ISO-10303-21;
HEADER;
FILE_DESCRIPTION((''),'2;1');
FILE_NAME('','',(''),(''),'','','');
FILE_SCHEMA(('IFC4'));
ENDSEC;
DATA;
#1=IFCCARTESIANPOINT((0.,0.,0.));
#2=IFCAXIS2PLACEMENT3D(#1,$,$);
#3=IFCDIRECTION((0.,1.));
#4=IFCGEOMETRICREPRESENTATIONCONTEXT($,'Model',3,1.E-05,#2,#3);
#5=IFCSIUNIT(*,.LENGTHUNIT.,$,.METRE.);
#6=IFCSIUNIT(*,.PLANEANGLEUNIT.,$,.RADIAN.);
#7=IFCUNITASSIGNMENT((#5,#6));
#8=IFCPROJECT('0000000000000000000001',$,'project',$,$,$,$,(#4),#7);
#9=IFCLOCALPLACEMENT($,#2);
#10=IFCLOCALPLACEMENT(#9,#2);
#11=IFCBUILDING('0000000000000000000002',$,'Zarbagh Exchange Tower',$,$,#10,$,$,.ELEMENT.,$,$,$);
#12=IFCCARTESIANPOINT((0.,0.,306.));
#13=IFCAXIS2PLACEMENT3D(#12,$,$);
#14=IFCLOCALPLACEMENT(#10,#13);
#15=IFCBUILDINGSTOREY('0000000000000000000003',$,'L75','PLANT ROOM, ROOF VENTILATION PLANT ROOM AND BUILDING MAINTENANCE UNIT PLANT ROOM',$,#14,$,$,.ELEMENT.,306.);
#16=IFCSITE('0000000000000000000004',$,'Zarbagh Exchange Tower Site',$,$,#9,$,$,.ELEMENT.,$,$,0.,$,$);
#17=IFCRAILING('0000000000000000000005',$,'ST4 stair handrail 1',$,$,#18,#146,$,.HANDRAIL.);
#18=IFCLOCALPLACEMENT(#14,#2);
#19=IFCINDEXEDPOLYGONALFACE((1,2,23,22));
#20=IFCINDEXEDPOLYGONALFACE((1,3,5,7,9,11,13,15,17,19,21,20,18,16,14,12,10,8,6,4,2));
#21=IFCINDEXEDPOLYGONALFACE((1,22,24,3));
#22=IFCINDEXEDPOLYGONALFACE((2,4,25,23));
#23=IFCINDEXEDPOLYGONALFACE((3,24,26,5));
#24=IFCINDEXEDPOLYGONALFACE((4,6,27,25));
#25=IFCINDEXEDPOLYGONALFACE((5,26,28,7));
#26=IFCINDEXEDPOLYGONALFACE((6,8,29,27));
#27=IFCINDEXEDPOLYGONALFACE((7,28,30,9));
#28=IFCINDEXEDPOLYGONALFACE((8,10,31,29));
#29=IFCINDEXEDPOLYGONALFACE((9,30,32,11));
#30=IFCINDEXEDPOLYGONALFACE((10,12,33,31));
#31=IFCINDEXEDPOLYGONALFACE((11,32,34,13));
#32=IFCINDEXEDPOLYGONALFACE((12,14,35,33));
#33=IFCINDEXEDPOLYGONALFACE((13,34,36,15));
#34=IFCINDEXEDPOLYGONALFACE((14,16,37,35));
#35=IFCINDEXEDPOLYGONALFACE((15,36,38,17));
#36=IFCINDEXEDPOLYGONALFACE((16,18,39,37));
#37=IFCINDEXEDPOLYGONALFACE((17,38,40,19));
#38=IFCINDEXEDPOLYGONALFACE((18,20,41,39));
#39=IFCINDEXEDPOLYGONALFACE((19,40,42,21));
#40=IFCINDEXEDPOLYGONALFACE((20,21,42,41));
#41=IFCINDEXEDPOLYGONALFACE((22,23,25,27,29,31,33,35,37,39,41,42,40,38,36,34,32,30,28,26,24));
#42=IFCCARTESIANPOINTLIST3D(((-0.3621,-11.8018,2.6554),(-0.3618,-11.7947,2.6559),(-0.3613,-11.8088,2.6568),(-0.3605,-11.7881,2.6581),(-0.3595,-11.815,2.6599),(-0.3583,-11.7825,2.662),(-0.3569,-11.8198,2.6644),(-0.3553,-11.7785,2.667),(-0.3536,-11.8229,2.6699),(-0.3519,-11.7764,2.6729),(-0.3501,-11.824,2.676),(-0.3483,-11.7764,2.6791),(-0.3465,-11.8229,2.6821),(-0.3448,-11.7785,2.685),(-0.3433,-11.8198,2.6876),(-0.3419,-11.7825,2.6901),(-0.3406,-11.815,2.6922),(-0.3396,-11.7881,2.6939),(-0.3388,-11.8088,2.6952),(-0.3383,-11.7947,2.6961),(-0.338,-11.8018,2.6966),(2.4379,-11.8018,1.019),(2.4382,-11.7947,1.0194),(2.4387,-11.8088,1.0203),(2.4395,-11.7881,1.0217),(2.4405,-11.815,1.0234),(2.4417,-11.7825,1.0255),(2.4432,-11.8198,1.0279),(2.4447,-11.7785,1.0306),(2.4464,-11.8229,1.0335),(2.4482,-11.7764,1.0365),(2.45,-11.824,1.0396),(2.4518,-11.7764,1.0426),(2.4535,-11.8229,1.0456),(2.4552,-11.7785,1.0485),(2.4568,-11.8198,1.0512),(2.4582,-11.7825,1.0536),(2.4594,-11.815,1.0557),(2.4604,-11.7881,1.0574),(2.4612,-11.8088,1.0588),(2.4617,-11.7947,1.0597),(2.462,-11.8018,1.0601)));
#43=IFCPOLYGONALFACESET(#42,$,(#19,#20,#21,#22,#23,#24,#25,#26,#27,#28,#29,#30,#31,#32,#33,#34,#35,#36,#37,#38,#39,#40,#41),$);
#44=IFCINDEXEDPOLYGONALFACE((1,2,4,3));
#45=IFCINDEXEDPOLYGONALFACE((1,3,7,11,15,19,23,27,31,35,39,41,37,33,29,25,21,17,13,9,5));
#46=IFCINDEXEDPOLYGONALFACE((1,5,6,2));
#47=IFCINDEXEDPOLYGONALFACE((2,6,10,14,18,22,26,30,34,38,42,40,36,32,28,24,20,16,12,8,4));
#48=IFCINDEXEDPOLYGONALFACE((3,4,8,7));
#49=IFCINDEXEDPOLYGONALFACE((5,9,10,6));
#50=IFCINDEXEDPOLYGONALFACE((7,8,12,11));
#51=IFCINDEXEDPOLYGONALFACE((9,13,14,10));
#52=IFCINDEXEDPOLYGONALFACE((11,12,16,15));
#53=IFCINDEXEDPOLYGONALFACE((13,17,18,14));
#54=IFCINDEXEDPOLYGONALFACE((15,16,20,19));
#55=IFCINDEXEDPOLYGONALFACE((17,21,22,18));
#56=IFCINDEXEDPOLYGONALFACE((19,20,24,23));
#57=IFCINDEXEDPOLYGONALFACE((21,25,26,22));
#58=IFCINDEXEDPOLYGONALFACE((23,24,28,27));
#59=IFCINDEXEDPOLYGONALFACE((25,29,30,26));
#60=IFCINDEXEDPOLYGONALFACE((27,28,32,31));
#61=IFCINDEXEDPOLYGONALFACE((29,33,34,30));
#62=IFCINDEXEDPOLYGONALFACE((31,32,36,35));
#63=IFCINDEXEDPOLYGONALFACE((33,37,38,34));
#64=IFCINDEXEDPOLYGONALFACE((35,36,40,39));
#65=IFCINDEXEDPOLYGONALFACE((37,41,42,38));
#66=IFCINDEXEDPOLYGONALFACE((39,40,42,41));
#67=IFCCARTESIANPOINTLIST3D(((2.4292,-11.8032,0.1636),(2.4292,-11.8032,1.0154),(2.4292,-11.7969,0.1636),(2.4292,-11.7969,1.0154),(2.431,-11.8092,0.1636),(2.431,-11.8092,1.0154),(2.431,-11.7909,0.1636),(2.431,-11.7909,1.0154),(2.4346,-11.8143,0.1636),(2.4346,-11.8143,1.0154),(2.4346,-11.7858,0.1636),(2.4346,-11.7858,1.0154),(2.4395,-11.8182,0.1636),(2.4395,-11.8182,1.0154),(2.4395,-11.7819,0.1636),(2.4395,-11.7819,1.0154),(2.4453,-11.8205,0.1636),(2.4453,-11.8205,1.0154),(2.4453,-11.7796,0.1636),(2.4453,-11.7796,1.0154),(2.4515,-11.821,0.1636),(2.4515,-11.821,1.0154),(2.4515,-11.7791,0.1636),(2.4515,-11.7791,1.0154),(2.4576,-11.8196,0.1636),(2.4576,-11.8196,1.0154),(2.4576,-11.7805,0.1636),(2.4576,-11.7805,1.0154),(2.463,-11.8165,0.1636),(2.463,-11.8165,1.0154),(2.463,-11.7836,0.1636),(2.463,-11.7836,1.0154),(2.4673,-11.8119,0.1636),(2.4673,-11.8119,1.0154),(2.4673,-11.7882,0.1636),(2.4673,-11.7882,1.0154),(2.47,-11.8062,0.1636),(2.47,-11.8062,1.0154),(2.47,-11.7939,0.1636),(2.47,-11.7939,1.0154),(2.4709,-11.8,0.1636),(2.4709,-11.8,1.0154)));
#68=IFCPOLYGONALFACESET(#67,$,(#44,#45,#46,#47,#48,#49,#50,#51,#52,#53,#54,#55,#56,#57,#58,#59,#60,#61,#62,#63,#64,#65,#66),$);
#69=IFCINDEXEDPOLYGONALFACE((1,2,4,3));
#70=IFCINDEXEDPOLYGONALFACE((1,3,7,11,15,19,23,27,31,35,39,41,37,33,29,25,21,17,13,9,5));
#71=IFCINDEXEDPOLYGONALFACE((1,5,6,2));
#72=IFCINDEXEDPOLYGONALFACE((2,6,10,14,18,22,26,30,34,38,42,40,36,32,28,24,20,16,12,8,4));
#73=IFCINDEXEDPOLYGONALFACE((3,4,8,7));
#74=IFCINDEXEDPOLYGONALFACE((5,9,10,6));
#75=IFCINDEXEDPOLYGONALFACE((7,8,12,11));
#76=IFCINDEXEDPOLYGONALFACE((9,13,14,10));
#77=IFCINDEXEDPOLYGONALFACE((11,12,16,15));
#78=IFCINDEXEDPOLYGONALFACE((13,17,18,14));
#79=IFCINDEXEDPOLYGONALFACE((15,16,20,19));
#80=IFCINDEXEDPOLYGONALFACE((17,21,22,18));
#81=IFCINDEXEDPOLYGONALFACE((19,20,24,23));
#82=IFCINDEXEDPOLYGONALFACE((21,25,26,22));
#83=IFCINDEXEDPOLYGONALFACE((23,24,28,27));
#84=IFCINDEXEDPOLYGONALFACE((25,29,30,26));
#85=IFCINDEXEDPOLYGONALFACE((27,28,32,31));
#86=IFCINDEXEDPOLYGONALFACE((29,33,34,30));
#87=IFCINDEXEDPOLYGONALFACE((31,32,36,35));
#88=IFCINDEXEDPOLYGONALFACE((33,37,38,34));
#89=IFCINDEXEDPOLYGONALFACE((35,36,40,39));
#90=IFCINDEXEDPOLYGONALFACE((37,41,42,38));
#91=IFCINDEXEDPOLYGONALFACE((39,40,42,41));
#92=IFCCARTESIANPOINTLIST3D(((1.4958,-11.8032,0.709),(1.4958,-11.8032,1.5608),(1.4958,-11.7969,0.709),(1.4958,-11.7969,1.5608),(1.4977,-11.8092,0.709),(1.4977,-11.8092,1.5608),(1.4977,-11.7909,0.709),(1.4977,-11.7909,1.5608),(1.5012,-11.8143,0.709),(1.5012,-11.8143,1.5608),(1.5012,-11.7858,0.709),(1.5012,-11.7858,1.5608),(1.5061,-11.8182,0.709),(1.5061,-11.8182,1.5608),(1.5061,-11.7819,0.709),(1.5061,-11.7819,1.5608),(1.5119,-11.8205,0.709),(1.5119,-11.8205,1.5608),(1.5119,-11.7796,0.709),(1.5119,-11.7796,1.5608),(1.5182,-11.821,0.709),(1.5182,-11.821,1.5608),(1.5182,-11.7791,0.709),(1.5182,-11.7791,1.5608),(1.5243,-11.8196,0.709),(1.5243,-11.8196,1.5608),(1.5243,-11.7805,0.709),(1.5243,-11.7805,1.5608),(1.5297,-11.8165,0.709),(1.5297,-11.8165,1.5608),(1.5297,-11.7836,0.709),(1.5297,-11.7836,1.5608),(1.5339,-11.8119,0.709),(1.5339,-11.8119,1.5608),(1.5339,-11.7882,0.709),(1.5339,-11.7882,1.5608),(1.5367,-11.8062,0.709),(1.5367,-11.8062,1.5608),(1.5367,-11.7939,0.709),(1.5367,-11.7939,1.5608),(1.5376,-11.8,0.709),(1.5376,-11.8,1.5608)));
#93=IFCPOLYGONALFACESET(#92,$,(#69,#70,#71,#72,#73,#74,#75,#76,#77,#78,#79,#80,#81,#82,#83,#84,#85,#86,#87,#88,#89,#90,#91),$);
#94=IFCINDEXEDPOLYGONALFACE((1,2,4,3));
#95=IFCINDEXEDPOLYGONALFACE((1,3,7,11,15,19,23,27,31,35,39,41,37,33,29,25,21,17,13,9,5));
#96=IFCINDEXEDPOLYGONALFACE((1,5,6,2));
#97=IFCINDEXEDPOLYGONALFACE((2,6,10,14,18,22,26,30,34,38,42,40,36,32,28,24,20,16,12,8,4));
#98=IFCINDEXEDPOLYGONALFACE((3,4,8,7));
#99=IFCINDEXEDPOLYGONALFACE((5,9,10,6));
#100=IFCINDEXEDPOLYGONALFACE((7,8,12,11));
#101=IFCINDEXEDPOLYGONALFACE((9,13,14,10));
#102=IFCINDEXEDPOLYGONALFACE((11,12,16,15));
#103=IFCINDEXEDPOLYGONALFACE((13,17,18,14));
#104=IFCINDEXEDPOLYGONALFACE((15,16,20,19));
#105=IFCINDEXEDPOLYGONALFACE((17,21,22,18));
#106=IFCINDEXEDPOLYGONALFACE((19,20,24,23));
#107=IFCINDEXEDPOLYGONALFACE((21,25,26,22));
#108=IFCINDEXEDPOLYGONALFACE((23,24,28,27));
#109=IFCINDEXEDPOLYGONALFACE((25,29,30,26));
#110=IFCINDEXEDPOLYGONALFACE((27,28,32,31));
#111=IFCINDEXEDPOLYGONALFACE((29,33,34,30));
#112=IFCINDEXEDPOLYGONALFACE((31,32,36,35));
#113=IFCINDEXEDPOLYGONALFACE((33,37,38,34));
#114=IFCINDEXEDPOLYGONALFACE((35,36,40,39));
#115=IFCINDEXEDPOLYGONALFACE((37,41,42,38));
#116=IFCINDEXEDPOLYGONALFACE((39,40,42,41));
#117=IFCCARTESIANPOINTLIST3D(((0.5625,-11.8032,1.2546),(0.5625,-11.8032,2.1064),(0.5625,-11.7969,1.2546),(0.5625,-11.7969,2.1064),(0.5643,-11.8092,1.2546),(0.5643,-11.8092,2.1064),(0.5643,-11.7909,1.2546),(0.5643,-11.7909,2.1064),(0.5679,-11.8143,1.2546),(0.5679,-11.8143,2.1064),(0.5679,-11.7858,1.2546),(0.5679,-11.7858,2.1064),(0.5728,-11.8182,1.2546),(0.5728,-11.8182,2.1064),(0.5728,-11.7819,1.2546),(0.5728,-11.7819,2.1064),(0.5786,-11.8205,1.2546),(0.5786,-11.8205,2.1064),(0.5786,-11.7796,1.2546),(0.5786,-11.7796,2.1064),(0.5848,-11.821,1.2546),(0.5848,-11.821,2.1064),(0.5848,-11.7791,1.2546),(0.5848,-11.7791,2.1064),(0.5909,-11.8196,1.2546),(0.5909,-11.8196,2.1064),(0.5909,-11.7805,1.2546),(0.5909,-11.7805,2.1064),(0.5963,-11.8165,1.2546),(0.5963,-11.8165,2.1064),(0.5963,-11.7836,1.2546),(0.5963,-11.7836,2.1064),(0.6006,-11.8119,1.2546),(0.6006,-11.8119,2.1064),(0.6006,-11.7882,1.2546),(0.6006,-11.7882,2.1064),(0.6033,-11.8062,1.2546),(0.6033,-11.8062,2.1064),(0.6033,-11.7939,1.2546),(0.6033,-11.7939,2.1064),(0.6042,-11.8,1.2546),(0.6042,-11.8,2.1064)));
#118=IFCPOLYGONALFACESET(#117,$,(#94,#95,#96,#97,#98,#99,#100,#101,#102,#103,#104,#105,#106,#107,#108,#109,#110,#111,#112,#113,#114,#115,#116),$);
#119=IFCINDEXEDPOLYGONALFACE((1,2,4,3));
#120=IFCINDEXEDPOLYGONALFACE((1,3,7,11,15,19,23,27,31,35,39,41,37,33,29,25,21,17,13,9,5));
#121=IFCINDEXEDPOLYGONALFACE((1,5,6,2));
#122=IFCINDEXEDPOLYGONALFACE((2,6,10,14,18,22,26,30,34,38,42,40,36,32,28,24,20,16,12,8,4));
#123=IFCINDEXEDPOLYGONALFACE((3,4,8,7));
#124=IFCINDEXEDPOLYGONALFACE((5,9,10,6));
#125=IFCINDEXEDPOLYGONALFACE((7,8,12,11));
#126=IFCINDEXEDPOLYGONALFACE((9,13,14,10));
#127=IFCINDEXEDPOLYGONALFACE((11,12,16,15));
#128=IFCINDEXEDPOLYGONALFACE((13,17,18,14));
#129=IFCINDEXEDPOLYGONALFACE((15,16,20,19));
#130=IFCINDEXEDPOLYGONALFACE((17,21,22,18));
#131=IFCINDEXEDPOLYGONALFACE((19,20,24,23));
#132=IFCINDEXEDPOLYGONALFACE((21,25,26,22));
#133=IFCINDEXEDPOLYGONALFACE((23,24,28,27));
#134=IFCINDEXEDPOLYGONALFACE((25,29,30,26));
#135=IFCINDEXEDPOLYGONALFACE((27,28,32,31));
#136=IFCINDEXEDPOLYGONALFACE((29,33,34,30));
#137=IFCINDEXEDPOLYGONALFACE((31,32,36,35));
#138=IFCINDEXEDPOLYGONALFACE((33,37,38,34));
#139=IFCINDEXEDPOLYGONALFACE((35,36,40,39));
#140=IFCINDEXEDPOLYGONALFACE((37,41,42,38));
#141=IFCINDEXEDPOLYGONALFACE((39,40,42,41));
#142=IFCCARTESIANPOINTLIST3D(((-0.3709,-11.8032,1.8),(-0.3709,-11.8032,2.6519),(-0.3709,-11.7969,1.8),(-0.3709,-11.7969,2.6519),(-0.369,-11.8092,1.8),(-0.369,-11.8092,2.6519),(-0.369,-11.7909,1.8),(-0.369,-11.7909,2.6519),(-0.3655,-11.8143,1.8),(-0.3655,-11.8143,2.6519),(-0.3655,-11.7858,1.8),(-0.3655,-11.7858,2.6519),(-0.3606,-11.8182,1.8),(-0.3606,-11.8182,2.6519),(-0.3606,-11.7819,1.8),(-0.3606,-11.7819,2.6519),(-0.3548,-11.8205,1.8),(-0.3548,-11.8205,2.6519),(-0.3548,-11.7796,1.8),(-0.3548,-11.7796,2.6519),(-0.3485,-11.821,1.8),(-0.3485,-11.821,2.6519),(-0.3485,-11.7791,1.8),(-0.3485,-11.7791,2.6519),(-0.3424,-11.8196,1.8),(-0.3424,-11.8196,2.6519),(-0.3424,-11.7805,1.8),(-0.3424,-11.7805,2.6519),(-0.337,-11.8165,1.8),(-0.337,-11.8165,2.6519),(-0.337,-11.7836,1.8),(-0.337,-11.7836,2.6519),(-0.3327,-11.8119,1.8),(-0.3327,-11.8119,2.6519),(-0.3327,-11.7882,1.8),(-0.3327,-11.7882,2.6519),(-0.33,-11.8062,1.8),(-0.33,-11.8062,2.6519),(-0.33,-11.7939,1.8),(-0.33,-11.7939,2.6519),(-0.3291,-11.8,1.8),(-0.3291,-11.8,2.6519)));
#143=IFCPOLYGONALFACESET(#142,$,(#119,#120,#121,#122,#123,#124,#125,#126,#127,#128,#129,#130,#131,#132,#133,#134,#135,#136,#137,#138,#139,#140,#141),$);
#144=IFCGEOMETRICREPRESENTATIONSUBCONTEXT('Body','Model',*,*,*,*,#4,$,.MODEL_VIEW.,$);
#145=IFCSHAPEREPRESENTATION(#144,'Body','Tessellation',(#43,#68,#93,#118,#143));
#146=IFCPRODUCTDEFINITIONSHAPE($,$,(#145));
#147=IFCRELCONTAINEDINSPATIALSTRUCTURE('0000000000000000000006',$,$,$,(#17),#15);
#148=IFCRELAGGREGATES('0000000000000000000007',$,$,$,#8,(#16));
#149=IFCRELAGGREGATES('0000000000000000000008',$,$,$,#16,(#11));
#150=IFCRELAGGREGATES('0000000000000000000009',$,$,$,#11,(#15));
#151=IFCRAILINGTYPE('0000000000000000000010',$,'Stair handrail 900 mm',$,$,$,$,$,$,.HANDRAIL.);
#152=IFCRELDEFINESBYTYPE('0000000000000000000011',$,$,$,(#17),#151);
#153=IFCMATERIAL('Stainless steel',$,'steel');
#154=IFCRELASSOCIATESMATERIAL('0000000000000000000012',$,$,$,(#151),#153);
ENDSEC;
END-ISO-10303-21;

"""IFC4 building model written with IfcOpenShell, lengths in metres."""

from ifc_helpers import new_model, si_unit, direction, frame, origin, origin_2d, place, context, subcontext, project, spatial, circle, extrude, material, type_object, element, save


model = new_model("IFC4")

# Units and contexts
model_context = context("Model", 3, precision=1e-05, world=origin(), true_north=direction((0.0, 1.0)))
body_context = subcontext(model_context, "Body", "Model", "MODEL_VIEW")
ifc_project = project(units=[si_unit("LENGTHUNIT", "METRE"), si_unit("PLANEANGLEUNIT", "RADIAN")], contexts=[model_context])

# Site, building, storey
site_placement = place(None, origin())
site = spatial("IfcSite", under=ifc_project, at=site_placement, Name="Zarbagh Exchange Tower Site", CompositionType="ELEMENT", RefElevation=0.0)
building_placement = place(site_placement, origin())
building = spatial("IfcBuilding", under=site, at=building_placement, Name="Zarbagh Exchange Tower", CompositionType="ELEMENT")
storey_placement = place(building_placement, frame((0.0, 0.0, 306.0)))
storey = spatial("IfcBuildingStorey", under=building, at=storey_placement, Name="L75", Description="PLANT ROOM, ROOF VENTILATION PLANT ROOM AND BUILDING MAINTENANCE UNIT PLANT ROOM", CompositionType="ELEMENT", Elevation=306.0)

# Railing
ifc_material_1 = material(Name="Stainless steel", Category="steel")
railing_type_1 = type_object("IfcRailingType", Name="Stair handrail 900 mm", PredefinedType="HANDRAIL", material=ifc_material_1)
railing_1_placement = place(storey_placement, frame((2.45, -11.8, 0.1636)))
element("IfcRailing", 1, at=railing_1_placement, inside=storey, type_object=railing_type_1, Name="ST4 stair handrail 1", PredefinedType="HANDRAIL", context=body_context, shape_type="SweptSolid", body=[
    extrude(circle(Radius=0.0239, at=origin_2d()), frame((0.0, 0.0, 0.876), z_axis=(-0.863361, 0.0, 0.504587), x_axis=(0.0, -1.0, 0.0)), (0.0, 0.0, 1.0), 3.2432),
    extrude(circle(Radius=0.021, at=origin_2d()), origin(), (0.0, 0.0, 1.0), 0.8518),
    extrude(circle(Radius=0.021, at=origin_2d()), frame((-0.9333, 0.0, 0.5454)), (0.0, 0.0, 1.0), 0.8518),
    extrude(circle(Radius=0.021, at=origin_2d()), frame((-1.8667, 0.0, 1.0911)), (0.0, 0.0, 1.0), 0.8518),
    extrude(circle(Radius=0.021, at=origin_2d()), frame((-2.8, 0.0, 1.6365)), (0.0, 0.0, 1.0), 0.8518),
])

save(model, "model.ifc")
